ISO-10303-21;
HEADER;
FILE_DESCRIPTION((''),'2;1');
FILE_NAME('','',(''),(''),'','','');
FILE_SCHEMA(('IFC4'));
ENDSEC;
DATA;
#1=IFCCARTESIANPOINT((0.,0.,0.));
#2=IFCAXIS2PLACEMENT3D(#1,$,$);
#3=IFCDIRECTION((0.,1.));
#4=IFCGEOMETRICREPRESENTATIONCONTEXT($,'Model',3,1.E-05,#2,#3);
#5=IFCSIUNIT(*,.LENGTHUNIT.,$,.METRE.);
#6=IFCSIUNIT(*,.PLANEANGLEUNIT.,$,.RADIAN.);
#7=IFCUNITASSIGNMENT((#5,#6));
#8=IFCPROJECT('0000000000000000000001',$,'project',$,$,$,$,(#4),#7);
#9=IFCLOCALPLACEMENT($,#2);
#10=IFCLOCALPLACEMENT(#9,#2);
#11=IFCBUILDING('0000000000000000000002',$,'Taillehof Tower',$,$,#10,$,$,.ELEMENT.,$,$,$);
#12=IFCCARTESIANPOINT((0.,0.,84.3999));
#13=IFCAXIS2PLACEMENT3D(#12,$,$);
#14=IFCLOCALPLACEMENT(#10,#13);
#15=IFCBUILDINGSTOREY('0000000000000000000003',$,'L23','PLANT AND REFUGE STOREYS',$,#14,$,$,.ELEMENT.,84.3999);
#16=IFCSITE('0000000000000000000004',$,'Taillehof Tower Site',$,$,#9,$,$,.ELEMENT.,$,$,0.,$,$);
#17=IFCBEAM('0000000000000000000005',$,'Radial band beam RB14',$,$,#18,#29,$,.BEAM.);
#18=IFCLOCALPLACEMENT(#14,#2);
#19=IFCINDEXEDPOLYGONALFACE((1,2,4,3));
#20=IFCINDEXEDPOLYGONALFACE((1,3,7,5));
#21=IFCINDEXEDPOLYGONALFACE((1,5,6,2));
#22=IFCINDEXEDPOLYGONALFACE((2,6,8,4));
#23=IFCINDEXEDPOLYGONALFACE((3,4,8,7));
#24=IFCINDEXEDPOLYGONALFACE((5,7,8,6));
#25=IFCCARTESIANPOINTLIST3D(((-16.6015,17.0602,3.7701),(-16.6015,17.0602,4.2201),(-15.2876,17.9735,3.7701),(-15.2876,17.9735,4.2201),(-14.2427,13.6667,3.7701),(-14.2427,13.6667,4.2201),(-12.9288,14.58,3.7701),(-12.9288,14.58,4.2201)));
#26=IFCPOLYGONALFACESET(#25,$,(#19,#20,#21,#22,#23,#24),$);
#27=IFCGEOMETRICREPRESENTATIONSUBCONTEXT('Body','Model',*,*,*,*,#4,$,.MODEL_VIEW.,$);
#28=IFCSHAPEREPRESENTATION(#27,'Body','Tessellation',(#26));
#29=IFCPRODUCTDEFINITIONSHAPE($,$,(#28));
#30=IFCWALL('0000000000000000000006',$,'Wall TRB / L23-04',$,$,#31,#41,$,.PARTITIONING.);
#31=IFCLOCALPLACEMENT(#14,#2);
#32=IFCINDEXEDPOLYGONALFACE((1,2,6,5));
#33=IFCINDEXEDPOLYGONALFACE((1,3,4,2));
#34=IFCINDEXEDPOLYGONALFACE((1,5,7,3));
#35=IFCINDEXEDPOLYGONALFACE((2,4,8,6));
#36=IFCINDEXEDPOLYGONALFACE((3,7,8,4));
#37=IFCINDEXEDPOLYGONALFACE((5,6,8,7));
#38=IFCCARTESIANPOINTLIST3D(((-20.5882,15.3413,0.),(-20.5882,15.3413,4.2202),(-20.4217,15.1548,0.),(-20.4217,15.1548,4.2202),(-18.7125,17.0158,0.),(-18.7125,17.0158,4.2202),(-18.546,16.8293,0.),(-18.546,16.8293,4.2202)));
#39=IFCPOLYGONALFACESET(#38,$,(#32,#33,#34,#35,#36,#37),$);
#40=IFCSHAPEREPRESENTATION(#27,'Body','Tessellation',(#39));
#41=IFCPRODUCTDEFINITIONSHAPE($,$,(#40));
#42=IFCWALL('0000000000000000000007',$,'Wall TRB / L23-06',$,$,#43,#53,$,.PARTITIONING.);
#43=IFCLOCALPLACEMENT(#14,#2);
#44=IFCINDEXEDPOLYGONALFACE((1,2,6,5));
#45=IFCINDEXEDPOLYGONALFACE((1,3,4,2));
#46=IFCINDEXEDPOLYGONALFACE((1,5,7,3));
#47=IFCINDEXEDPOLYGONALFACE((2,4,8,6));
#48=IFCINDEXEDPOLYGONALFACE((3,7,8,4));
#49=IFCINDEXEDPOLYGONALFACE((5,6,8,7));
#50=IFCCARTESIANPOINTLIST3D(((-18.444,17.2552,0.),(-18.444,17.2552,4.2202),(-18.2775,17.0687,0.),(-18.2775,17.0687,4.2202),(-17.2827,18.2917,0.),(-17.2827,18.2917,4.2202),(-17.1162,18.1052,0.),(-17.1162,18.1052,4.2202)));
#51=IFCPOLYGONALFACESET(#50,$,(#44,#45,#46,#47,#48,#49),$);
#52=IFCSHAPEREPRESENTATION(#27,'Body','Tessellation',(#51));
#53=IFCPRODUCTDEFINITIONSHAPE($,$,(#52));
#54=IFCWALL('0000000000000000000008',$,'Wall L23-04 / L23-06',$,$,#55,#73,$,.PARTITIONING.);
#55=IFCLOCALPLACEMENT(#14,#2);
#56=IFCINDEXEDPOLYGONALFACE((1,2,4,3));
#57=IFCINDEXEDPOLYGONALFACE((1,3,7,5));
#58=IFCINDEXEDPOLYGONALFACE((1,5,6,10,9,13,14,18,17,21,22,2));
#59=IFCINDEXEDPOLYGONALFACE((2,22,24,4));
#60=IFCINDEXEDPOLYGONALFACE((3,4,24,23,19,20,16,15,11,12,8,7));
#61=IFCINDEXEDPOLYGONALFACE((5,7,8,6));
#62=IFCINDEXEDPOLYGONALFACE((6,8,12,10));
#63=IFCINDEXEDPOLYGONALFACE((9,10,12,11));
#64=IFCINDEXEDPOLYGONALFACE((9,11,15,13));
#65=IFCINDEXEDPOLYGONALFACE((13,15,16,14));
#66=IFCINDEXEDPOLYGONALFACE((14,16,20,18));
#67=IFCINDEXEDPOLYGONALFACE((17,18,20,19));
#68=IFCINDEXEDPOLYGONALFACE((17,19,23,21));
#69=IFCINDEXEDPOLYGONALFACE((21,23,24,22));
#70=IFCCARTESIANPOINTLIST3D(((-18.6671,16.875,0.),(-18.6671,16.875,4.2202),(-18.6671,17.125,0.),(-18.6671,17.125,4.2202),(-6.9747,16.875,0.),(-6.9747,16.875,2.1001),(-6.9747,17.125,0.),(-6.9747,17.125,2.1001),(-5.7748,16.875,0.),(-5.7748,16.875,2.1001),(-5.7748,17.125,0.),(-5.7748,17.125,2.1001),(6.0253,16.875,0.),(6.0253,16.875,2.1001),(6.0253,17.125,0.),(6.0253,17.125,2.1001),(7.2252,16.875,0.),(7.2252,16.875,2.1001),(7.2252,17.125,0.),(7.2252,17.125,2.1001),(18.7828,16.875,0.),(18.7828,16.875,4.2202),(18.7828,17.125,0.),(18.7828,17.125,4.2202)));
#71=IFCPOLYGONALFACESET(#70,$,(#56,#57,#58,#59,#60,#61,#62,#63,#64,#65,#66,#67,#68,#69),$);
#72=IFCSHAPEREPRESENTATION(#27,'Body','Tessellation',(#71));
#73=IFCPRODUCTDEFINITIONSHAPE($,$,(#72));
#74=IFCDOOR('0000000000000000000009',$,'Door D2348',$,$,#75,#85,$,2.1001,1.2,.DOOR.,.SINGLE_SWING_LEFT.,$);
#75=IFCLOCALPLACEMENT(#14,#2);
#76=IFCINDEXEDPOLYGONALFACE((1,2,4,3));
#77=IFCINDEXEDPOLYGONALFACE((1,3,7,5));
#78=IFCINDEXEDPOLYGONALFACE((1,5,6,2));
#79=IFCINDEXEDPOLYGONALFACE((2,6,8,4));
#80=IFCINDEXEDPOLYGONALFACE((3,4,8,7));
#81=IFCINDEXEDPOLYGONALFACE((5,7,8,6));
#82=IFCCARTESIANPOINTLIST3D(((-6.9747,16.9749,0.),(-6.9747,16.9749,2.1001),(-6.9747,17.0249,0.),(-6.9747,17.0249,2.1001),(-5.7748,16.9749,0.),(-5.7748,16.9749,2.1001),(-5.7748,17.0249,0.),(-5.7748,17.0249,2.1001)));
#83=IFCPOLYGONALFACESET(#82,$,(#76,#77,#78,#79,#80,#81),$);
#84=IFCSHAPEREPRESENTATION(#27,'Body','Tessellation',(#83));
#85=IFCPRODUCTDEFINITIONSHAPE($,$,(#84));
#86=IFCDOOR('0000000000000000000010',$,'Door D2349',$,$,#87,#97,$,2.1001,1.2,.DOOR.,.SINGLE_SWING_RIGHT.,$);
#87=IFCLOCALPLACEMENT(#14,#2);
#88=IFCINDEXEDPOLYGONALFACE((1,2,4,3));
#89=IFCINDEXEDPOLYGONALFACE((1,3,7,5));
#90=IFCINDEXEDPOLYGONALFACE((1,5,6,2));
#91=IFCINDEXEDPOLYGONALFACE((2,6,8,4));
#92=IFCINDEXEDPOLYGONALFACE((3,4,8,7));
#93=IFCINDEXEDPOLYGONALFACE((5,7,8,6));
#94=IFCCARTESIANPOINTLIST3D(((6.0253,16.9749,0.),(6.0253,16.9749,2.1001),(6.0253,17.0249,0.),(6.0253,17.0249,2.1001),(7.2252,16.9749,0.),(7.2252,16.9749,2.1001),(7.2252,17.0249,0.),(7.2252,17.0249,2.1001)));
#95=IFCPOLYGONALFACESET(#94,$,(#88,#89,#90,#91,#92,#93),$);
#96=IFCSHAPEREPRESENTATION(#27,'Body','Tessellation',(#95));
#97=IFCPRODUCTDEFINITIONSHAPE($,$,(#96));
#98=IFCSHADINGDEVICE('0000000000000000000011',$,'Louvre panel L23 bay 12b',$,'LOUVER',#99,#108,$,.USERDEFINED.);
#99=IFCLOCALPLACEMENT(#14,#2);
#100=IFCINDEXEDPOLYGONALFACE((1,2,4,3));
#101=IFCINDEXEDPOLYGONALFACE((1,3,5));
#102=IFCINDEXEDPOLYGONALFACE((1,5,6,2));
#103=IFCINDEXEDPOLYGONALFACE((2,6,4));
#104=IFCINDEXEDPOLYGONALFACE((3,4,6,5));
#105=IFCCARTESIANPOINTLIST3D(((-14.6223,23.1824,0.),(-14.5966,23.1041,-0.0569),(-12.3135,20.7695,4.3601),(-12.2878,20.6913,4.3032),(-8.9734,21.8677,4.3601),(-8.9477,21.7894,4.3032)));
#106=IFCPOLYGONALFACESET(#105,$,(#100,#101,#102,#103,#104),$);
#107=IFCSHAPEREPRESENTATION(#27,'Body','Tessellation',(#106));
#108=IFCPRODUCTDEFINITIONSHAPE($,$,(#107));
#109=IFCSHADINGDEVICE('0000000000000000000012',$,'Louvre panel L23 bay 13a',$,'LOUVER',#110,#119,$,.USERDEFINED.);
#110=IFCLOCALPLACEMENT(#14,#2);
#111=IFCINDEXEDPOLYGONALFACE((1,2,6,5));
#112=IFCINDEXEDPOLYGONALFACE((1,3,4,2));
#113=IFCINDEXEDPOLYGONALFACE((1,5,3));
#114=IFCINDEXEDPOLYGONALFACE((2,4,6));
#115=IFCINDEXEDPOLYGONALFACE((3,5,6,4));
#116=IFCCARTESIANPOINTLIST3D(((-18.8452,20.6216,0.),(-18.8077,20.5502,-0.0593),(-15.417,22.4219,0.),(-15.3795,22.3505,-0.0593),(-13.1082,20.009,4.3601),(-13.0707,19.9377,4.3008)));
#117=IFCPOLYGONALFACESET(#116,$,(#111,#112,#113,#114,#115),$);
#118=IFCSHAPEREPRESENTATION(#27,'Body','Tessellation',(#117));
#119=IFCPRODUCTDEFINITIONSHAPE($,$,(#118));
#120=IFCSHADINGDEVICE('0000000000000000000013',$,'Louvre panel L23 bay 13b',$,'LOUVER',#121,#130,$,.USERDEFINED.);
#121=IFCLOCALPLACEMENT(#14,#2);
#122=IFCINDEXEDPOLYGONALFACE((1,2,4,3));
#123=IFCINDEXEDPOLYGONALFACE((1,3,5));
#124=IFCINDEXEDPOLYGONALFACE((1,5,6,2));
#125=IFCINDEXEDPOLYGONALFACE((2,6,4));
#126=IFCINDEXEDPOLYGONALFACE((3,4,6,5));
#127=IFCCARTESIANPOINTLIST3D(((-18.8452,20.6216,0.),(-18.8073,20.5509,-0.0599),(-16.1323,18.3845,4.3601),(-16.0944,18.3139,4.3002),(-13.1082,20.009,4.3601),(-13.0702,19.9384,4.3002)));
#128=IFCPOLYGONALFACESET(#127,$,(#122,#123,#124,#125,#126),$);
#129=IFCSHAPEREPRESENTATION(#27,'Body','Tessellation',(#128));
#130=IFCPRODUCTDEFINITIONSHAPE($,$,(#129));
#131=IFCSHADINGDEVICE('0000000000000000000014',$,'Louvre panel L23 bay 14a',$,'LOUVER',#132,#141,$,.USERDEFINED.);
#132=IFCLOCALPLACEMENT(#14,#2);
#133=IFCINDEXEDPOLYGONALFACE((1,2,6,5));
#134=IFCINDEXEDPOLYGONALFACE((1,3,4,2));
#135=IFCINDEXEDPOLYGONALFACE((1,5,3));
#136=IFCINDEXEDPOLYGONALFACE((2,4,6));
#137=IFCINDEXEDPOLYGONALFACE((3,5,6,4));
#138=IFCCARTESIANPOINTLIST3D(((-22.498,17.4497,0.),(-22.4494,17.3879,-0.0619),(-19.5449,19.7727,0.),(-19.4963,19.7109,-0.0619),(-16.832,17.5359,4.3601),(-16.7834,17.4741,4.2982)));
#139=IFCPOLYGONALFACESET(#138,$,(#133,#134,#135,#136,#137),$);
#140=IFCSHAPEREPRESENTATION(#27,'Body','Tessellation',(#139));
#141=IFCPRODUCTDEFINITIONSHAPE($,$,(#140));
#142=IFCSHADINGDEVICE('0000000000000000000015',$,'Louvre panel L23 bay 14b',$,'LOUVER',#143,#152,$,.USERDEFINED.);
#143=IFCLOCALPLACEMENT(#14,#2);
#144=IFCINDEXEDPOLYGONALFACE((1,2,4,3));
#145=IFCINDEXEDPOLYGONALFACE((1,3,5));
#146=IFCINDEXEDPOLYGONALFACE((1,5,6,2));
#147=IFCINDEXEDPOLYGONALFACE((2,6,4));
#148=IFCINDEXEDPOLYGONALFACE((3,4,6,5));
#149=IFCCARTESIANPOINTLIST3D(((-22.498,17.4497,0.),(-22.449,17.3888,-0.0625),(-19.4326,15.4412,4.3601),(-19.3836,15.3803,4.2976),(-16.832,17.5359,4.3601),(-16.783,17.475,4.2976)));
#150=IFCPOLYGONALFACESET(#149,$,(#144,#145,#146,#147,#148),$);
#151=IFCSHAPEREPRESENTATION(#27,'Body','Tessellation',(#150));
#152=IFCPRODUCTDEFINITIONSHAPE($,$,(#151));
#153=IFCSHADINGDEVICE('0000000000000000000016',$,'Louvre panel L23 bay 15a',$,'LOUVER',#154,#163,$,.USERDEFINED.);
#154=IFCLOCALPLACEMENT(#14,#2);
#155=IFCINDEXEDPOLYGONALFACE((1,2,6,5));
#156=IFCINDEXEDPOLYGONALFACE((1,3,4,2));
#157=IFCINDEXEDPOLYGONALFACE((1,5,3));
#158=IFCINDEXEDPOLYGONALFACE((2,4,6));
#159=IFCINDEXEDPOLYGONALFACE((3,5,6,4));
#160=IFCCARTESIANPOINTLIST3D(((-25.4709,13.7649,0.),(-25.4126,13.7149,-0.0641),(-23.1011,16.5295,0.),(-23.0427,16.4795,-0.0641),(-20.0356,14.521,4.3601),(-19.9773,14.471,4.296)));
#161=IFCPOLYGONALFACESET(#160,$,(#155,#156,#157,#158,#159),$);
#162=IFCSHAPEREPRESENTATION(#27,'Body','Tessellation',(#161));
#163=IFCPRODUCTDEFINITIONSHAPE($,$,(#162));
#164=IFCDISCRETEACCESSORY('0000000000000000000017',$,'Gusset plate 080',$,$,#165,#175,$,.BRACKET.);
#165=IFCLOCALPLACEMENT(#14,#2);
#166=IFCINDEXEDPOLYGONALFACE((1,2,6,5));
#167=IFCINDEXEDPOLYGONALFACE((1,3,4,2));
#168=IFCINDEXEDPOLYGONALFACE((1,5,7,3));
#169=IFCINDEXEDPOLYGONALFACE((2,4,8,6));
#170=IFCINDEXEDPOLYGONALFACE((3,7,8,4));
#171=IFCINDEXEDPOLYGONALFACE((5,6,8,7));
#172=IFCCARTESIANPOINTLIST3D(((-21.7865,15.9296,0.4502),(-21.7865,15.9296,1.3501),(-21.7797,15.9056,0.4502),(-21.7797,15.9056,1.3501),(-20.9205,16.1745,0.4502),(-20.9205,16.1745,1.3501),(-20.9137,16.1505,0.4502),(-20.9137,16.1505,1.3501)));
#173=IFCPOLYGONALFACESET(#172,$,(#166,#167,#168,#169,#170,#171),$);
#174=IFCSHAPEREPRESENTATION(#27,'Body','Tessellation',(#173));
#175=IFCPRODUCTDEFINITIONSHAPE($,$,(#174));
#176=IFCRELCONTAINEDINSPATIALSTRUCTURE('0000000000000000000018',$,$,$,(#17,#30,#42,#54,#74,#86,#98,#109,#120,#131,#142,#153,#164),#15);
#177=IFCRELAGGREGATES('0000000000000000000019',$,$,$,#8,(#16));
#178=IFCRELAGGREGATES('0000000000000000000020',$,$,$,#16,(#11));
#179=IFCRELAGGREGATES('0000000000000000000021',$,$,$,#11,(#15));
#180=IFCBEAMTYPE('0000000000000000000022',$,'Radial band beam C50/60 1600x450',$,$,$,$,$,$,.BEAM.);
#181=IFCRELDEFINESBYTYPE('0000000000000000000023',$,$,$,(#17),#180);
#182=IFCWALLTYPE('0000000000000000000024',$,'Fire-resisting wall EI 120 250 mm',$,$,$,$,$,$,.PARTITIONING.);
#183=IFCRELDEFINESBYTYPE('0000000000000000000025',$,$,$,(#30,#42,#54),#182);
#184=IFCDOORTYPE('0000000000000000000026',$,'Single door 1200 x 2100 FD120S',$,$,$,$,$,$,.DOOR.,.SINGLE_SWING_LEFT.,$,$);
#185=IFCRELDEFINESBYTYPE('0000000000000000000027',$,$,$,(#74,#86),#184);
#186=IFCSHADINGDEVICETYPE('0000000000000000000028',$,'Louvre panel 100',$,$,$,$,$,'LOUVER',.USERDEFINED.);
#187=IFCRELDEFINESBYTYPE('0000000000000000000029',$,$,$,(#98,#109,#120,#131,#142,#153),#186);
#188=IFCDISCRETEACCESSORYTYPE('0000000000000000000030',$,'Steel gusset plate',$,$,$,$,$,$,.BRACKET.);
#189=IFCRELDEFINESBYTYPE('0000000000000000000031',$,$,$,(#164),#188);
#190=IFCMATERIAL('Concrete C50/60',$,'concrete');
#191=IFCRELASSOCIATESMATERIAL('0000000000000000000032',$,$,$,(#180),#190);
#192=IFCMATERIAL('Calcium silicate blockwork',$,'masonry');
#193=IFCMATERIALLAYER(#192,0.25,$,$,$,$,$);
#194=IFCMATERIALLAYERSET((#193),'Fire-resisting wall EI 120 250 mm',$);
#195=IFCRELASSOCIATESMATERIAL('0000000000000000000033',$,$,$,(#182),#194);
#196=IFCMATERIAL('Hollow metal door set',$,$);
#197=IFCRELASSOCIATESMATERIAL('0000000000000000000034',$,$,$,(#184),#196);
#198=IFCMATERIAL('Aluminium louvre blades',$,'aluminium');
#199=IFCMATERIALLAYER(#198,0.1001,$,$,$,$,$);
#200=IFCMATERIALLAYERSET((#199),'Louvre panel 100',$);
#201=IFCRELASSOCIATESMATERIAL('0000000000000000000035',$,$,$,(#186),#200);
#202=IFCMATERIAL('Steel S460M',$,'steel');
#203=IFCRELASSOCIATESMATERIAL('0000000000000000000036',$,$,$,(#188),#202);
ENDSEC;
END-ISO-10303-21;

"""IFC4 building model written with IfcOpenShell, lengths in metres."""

from ifc_helpers import new_model, si_unit, direction, frame, frame_2d, origin, origin_2d, place, context, subcontext, project, spatial, polyline, rectangle, outline, extrude, material, layer, layer_set, material_profile, profile_set, type_object, element, fill, save


model = new_model("IFC4")

# Units and contexts
model_context = context("Model", 3, precision=1e-05, world=origin(), true_north=direction((0.0, 1.0)))
body_context = subcontext(model_context, "Body", "Model", "MODEL_VIEW")
ifc_project = project(units=[si_unit("LENGTHUNIT", "METRE"), si_unit("PLANEANGLEUNIT", "RADIAN")], contexts=[model_context])

# Site, building, storey
site_placement = place(None, origin())
site = spatial("IfcSite", under=ifc_project, at=site_placement, Name="Taillehof Tower Site", CompositionType="ELEMENT", RefElevation=0.0)
building_placement = place(site_placement, origin())
building = spatial("IfcBuilding", under=site, at=building_placement, Name="Taillehof Tower", CompositionType="ELEMENT")
storey_placement = place(building_placement, frame((0.0, 0.0, 84.3999)))
storey = spatial("IfcBuildingStorey", under=building, at=storey_placement, Name="L23", Description="PLANT AND REFUGE STOREYS", CompositionType="ELEMENT", Elevation=84.3999)

# Beam
ifc_material_1 = material(Name="Concrete C50/60", Category="concrete")
ifc_material_profile_1 = material_profile(ifc_material_1, rectangle(XDim=1.6001, YDim=0.45, at=origin_2d()), Name="RC 1600x450")
ifc_profile_set_1 = profile_set([ifc_material_profile_1], Name="Concrete C50/60")
beam_type = type_object("IfcBeamType", Name="Radial band beam C50/60 1600x450", PredefinedType="BEAM", material=ifc_profile_set_1)
beam_placement = place(storey_placement, frame((-15.9446, 17.5168, 3.9951), z_axis=(0.570763, -0.821115, 0.0), x_axis=(0.821115, 0.570763, 0.0)))
element("IfcBeam", 1, at=beam_placement, inside=storey, type_object=beam_type, Name="Radial band beam RB14", PredefinedType="BEAM", context=body_context, shape_type="SweptSolid", body=[
    extrude(rectangle(XDim=1.6001, YDim=0.45, at=origin_2d()), origin(), (0.0, 0.0, 1.0), 4.1328),
])

# Walls
ifc_material_2 = material(Name="Calcium silicate blockwork", Category="masonry")
ifc_layer_1 = layer(ifc_material_2, 0.25)
ifc_layer_set_1 = layer_set([ifc_layer_1], Name="Fire-resisting wall EI 120 250 mm")
wall_type = type_object("IfcWallType", Name="Fire-resisting wall EI 120 250 mm", PredefinedType="PARTITIONING", material=ifc_layer_set_1)
wall_1_placement = place(storey_placement, frame((-18.6292, 16.9226, 0.0), z_axis=(0.0, 0.0, 1.0), x_axis=(-0.745977, -0.665971, 0.0)))
element("IfcWall", 2, at=wall_1_placement, inside=storey, type_object=wall_type, Name="Wall TRB / L23-04", PredefinedType="PARTITIONING", context=body_context, shape_type="SweptSolid", body=[
    extrude(rectangle(XDim=2.5144, YDim=0.25, at=frame_2d((1.2573, 0.0))), origin(), (0.0, 0.0, 1.0), 4.2202),
])
wall_2_placement = place(storey_placement, frame((-17.1995, 18.1985, 0.0), z_axis=(0.0, 0.0, 1.0), x_axis=(-0.746041, -0.6659, 0.0)))
element("IfcWall", 3, at=wall_2_placement, inside=storey, type_object=wall_type, Name="Wall TRB / L23-06", PredefinedType="PARTITIONING", context=body_context, shape_type="SweptSolid", body=[
    extrude(rectangle(XDim=1.5566, YDim=0.25, at=frame_2d((0.7783, 0.0))), origin(), (0.0, 0.0, 1.0), 4.2202),
])

# Wall, openings, doors
wall_3_placement = place(storey_placement, frame((-18.6672, 17.0, 0.0), z_axis=(0.0, 0.0, 1.0), x_axis=(1.0, 0.0, 0.0)))
wall_3 = element("IfcWall", 4, at=wall_3_placement, inside=storey, type_object=wall_type, Name="Wall L23-04 / L23-06", PredefinedType="PARTITIONING", context=body_context, shape_type="SweptSolid", body=[
    extrude(rectangle(XDim=37.45, YDim=0.25, at=frame_2d((18.7251, 0.0))), origin(), (0.0, 0.0, 1.0), 4.2202),
])
opening_1_placement = place(wall_3_placement, frame((11.6924, 0.0, 0.0)))
opening_1 = element("IfcOpeningElement", 5, at=opening_1_placement, cuts=wall_3, PredefinedType="OPENING", context=body_context, shape_type="SweptSolid", body=[
    extrude(rectangle(XDim=1.2, YDim=2.1001, at=frame_2d((0.6001, 1.05))), frame((0.0, 0.135, 0.0), z_axis=(0.0, -1.0, 0.0), x_axis=(1.0, 0.0, 0.0)), (0.0, 0.0, 1.0), 0.27),
])
opening_2_placement = place(wall_3_placement, frame((24.6924, 0.0, 0.0)))
opening_2 = element("IfcOpeningElement", 6, at=opening_2_placement, cuts=wall_3, PredefinedType="OPENING", context=body_context, shape_type="SweptSolid", body=[
    extrude(rectangle(XDim=1.2, YDim=2.1001, at=frame_2d((0.6001, 1.05))), frame((0.0, 0.135, 0.0), z_axis=(0.0, -1.0, 0.0), x_axis=(1.0, 0.0, 0.0)), (0.0, 0.0, 1.0), 0.27),
])
ifc_material_3 = material(Name="Hollow metal door set")
door_type = type_object("IfcDoorType", Name="Single door 1200 x 2100 FD120S", OperationType="SINGLE_SWING_LEFT", PredefinedType="DOOR", material=ifc_material_3)
door_1_placement = place(opening_1_placement, origin())
door_1 = element("IfcDoor", 7, at=door_1_placement, inside=storey, type_object=door_type, Name="Door D2348", OperationType="SINGLE_SWING_LEFT", OverallHeight=2.1001, OverallWidth=1.2, PredefinedType="DOOR", context=body_context, shape_type="SweptSolid", body=[
    extrude(rectangle(XDim=1.2, YDim=2.1001, at=frame_2d((0.6001, 1.05))), frame((0.0, 0.0249, 0.0), z_axis=(0.0, -1.0, 0.0), x_axis=(1.0, 0.0, 0.0)), (0.0, 0.0, 1.0), 0.05),
])
fill(opening_1, door_1)
door_2_placement = place(opening_2_placement, origin())
door_2 = element("IfcDoor", 8, at=door_2_placement, inside=storey, type_object=door_type, Name="Door D2349", OperationType="SINGLE_SWING_RIGHT", OverallHeight=2.1001, OverallWidth=1.2, PredefinedType="DOOR", context=body_context, shape_type="SweptSolid", body=[
    extrude(rectangle(XDim=1.2, YDim=2.1001, at=frame_2d((0.6001, 1.05))), frame((0.0, 0.0249, 0.0), z_axis=(0.0, -1.0, 0.0), x_axis=(1.0, 0.0, 0.0)), (0.0, 0.0, 1.0), 0.05),
])
fill(opening_2, door_2)

# Shading devices
ifc_material_4 = material(Name="Aluminium louvre blades", Category="aluminium")
ifc_layer_2 = layer(ifc_material_4, 0.1001)
ifc_layer_set_2 = layer_set([ifc_layer_2], Name="Louvre panel 100")
shading_device_type = type_object("IfcShadingDeviceType", Name="Louvre panel 100", ElementType="LOUVER", PredefinedType="USERDEFINED", material=ifc_layer_set_2)
shading_device_1_placement = place(storey_placement, frame((-14.6223, 23.1824, 0.0), z_axis=(-0.256941, 0.781504, 0.568536), x_axis=(0.420393, -0.43933, 0.793888)))
element("IfcShadingDevice", 9, at=shading_device_1_placement, inside=storey, type_object=shading_device_type, Name="Louvre panel L23 bay 12b", ObjectType="LOUVER", PredefinedType="USERDEFINED", context=body_context, shape_type="SweptSolid", body=[
    extrude(outline(polyline([(0.0, 0.0), (5.4921, 0.0), (6.4138, 3.393), (0.0, 0.0)])), origin(), (0.0, 0.0, -1.0), 0.1001),
])
shading_device_2_placement = place(storey_placement, frame((-15.417, 22.4219, 0.0), z_axis=(-0.37442, 0.712993, 0.592833), x_axis=(-0.885347, -0.46493, 0.0)))
element("IfcShadingDevice", 10, at=shading_device_2_placement, inside=storey, type_object=shading_device_type, Name="Louvre panel L23 bay 13a", ObjectType="LOUVER", PredefinedType="USERDEFINED", context=body_context, shape_type="SweptSolid", body=[
    extrude(outline(polyline([(0.0, 0.0), (3.8722, 0.0), (-0.9223, 5.4141), (0.0, 0.0)])), origin(), (0.0, 0.0, -1.0), 0.1001),
])
shading_device_3_placement = place(storey_placement, frame((-18.8452, 20.6216, 0.0), z_axis=(-0.379226, 0.705962, 0.598168), x_axis=(0.484331, -0.399381, 0.778408)))
element("IfcShadingDevice", 11, at=shading_device_3_placement, inside=storey, type_object=shading_device_type, Name="Louvre panel L23 bay 13b", ObjectType="LOUVER", PredefinedType="USERDEFINED", context=body_context, shape_type="SweptSolid", body=[
    extrude(outline(polyline([(0.0, 0.0), (5.6013, 0.0), (6.4172, 3.3345), (0.0, 0.0)])), origin(), (0.0, 0.0, -1.0), 0.1001),
])
shading_device_4_placement = place(storey_placement, frame((-19.5449, 19.7727, 0.0), z_axis=(-0.485634, 0.617366, 0.618885), x_axis=(-0.785971, -0.618263, 0.0)))
element("IfcShadingDevice", 12, at=shading_device_4_placement, inside=storey, type_object=shading_device_type, Name="Louvre panel L23 bay 14a", ObjectType="LOUVER", PredefinedType="USERDEFINED", context=body_context, shape_type="SweptSolid", body=[
    extrude(outline(polyline([(0.0, 0.0), (3.7573, 0.0), (-0.7493, 5.5509), (0.0, 0.0)])), origin(), (0.0, 0.0, -1.0), 0.1001),
])
shading_device_5_placement = place(storey_placement, frame((-22.498, 17.4497, 0.0), z_axis=(-0.489887, 0.60819, 0.624592), x_axis=(0.538195, -0.352639, 0.765501)))
element("IfcShadingDevice", 13, at=shading_device_5_placement, inside=storey, type_object=shading_device_type, Name="Louvre panel L23 bay 14b", ObjectType="LOUVER", PredefinedType="USERDEFINED", context=body_context, shape_type="SweptSolid", body=[
    extrude(outline(polyline([(0.0, 0.0), (5.6958, 0.0), (6.3567, 3.2732), (0.0, 0.0)])), origin(), (0.0, 0.0, -1.0), 0.1001),
])
shading_device_6_placement = place(storey_placement, frame((-23.1011, 16.5295, 0.0), z_axis=(-0.583183, 0.499908, 0.640304), x_axis=(-0.650819, -0.759233, 0.0)))
element("IfcShadingDevice", 14, at=shading_device_6_placement, inside=storey, type_object=shading_device_type, Name="Louvre panel L23 bay 15a", ObjectType="LOUVER", PredefinedType="USERDEFINED", context=body_context, shape_type="SweptSolid", body=[
    extrude(outline(polyline([(0.0, 0.0), (3.6414, 0.0), (-0.4701, 5.6763), (0.0, 0.0)])), origin(), (0.0, 0.0, -1.0), 0.1001),
])

# Discrete accessory
ifc_material_5 = material(Name="Steel S460M", Category="steel")
discrete_accessory_type = type_object("IfcDiscreteAccessoryType", Name="Steel gusset plate", PredefinedType="BRACKET", material=ifc_material_5)
for number, where, z_axis, x_axis, name in (
    (15, (-21.3501, 16.04, 0.4502), (0.0, 0.0, 1.0), (-0.96226, -0.272132, 0.0), "Gusset plate 080"),
):
    element("IfcDiscreteAccessory", number, at=place(storey_placement, frame(where, z_axis=z_axis, x_axis=x_axis)), inside=storey, type_object=discrete_accessory_type, Name=name, PredefinedType="BRACKET", context=body_context, shape_type="SweptSolid", body=[
        extrude(rectangle(XDim=0.8999, YDim=0.0249, at=origin_2d()), origin(), (0.0, 0.0, 1.0), 0.8999),
    ])

save(model, "model.ifc")
